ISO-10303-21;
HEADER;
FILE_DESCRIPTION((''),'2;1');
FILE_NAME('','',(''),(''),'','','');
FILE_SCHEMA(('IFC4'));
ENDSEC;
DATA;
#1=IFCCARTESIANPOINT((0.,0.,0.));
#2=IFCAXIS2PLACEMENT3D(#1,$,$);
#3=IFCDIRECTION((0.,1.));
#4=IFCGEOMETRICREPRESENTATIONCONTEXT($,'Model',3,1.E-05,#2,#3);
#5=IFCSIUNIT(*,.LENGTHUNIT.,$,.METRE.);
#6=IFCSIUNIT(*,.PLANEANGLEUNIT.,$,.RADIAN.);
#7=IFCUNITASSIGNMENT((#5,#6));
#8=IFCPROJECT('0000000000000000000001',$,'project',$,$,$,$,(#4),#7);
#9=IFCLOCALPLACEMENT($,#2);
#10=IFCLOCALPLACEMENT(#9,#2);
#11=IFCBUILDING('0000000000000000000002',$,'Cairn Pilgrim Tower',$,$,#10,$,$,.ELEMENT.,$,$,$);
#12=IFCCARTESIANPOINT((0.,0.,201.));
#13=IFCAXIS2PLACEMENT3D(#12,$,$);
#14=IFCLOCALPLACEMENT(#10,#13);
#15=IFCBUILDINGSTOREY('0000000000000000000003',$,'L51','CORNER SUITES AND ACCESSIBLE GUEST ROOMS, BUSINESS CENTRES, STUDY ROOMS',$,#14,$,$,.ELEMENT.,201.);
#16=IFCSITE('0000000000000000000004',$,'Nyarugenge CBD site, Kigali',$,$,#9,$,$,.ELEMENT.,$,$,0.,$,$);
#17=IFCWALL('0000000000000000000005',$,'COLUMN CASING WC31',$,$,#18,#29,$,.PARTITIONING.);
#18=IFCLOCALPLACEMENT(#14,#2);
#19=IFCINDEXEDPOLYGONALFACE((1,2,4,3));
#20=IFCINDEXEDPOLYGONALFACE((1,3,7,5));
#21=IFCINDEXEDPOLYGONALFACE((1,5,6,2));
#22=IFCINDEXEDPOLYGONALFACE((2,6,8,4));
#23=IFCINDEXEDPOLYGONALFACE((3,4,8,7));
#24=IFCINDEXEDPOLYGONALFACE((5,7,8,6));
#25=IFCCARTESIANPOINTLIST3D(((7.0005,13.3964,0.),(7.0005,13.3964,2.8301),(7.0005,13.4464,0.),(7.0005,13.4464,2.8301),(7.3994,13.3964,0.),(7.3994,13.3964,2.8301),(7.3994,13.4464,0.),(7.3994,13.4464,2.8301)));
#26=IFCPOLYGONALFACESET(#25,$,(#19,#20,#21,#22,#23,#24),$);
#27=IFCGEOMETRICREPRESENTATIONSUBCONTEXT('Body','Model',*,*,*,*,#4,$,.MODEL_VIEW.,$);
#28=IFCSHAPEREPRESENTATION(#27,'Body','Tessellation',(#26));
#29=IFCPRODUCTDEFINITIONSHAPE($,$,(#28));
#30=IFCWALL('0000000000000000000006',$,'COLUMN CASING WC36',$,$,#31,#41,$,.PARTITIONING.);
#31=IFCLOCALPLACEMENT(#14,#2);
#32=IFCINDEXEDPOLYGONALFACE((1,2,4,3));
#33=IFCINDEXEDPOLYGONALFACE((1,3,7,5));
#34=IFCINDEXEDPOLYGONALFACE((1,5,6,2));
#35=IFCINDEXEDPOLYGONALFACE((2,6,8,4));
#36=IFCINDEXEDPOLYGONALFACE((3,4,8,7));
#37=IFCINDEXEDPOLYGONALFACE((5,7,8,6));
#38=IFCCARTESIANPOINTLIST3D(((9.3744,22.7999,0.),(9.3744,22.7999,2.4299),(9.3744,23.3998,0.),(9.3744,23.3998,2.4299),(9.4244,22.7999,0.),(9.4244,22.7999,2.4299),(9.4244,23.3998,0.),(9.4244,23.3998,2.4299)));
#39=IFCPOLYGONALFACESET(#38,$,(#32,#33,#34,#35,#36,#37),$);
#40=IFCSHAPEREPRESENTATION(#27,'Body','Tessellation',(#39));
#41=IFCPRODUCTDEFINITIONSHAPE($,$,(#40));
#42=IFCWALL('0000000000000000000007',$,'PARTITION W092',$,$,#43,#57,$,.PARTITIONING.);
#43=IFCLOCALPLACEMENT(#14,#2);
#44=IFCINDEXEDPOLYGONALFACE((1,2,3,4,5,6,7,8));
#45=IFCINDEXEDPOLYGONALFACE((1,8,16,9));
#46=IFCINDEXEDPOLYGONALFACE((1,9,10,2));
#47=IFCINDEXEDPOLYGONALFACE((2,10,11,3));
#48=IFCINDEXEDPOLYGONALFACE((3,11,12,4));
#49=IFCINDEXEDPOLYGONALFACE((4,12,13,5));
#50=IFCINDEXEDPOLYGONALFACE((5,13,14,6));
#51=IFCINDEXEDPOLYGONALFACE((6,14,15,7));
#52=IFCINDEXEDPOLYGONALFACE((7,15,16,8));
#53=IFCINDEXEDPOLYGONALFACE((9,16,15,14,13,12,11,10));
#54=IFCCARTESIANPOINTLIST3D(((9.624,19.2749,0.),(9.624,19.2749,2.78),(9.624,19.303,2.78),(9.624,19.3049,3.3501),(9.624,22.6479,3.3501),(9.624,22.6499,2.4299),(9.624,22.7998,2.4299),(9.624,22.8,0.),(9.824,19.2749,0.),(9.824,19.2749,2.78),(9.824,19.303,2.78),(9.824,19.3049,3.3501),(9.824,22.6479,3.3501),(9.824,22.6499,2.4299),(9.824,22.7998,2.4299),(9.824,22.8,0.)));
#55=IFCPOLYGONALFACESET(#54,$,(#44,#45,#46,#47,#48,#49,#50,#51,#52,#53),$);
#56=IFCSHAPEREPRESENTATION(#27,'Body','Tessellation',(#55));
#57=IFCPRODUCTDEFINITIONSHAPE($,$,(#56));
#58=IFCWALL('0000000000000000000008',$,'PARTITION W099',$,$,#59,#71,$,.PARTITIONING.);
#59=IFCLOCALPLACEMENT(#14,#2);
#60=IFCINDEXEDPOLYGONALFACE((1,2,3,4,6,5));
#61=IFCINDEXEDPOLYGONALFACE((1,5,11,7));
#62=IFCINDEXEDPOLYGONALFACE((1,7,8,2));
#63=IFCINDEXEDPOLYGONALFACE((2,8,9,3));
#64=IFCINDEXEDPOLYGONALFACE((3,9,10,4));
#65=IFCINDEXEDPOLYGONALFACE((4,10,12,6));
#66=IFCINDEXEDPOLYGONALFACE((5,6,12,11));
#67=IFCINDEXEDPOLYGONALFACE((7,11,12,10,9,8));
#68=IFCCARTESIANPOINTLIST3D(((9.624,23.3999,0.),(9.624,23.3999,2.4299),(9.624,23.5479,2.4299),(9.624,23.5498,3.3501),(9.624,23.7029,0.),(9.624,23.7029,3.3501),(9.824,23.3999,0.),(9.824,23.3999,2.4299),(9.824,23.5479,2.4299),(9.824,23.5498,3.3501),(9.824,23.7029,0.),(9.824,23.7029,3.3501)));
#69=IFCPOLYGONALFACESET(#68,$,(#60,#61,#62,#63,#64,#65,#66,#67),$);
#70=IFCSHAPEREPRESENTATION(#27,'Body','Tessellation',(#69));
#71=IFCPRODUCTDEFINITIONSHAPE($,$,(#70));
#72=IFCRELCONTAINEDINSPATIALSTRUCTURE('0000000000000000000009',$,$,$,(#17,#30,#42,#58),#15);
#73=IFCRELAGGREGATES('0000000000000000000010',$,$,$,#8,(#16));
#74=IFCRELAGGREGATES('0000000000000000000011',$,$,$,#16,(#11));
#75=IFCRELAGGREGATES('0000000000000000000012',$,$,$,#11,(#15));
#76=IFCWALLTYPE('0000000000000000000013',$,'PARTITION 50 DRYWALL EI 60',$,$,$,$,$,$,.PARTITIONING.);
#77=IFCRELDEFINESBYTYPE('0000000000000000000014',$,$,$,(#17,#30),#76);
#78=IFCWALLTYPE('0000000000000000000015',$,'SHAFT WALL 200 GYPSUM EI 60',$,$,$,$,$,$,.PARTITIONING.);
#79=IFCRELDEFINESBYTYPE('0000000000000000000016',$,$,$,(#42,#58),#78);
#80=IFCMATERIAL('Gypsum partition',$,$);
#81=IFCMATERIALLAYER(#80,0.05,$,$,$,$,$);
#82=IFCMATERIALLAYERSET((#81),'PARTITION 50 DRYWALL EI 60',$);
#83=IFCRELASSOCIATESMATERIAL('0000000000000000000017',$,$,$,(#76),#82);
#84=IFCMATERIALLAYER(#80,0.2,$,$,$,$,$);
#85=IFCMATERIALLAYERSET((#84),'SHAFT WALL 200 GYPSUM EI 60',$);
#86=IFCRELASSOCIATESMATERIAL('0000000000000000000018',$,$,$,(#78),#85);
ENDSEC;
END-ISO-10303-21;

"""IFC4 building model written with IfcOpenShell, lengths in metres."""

from ifc_helpers import new_model, si_unit, direction, frame, frame_2d, origin, place, context, subcontext, project, spatial, polyline, rectangle, outline, extrude, material, layer, layer_set, type_object, element, save


model = new_model("IFC4")

# Units and contexts
model_context = context("Model", 3, precision=1e-05, world=origin(), true_north=direction((0.0, 1.0)))
body_context = subcontext(model_context, "Body", "Model", "MODEL_VIEW")
ifc_project = project(units=[si_unit("LENGTHUNIT", "METRE"), si_unit("PLANEANGLEUNIT", "RADIAN")], contexts=[model_context])

# Site, building, storey
site_placement = place(None, origin())
site = spatial("IfcSite", under=ifc_project, at=site_placement, Name="Nyarugenge CBD site, Kigali", CompositionType="ELEMENT", RefElevation=0.0)
building_placement = place(site_placement, origin())
building = spatial("IfcBuilding", under=site, at=building_placement, Name="Cairn Pilgrim Tower", CompositionType="ELEMENT")
storey_placement = place(building_placement, frame((0.0, 0.0, 201.0)))
storey = spatial("IfcBuildingStorey", under=building, at=storey_placement, Name="L51", Description="CORNER SUITES AND ACCESSIBLE GUEST ROOMS, BUSINESS CENTRES, STUDY ROOMS", CompositionType="ELEMENT", Elevation=201.0)

# Shared definitions
ifc_material_1 = material(Name="Gypsum partition")

# Walls
ifc_layer_1 = layer(ifc_material_1, 0.05)
ifc_layer_set_1 = layer_set([ifc_layer_1], Name="PARTITION 50 DRYWALL EI 60")
wall_type_1 = type_object("IfcWallType", Name="PARTITION 50 DRYWALL EI 60", PredefinedType="PARTITIONING", material=ifc_layer_set_1)
wall_1_placement = place(storey_placement, frame((7.0005, 13.4214, 0.0), z_axis=(0.0, 0.0, 1.0), x_axis=(1.0, 0.0, 0.0)))
element("IfcWall", 1, at=wall_1_placement, inside=storey, type_object=wall_type_1, Name="COLUMN CASING WC31", PredefinedType="PARTITIONING", context=body_context, shape_type="SweptSolid", body=[
    extrude(rectangle(XDim=0.3989, YDim=0.05, at=frame_2d((0.1995, 0.0))), origin(), (0.0, 0.0, 1.0), 2.8301),
])
wall_2_placement = place(storey_placement, frame((9.3994, 22.8, 0.0), z_axis=(0.0, 0.0, 1.0), x_axis=(0.0, 1.0, 0.0)))
element("IfcWall", 2, at=wall_2_placement, inside=storey, type_object=wall_type_1, Name="COLUMN CASING WC36", PredefinedType="PARTITIONING", context=body_context, shape_type="SweptSolid", body=[
    extrude(rectangle(XDim=0.5999, YDim=0.05, at=frame_2d((0.2998, 0.0))), origin(), (0.0, 0.0, 1.0), 2.4299),
])
ifc_layer_2 = layer(ifc_material_1, 0.2)
ifc_layer_set_2 = layer_set([ifc_layer_2], Name="SHAFT WALL 200 GYPSUM EI 60")
wall_type_2 = type_object("IfcWallType", Name="SHAFT WALL 200 GYPSUM EI 60", PredefinedType="PARTITIONING", material=ifc_layer_set_2)
wall_3_placement = place(storey_placement, frame((9.7241, 19.2749, 0.0), z_axis=(0.0, 0.0, 1.0), x_axis=(0.0, 1.0, 0.0)))
element("IfcWall", 3, at=wall_3_placement, inside=storey, type_object=wall_type_2, Name="PARTITION W092", PredefinedType="PARTITIONING", context=body_context, shape_type="SweptSolid", body=[
    extrude(outline(polyline([(0.0, 0.0), (3.5251, 0.0), (3.5249, 2.4299), (3.375, 2.4299), (3.373, 3.3501), (0.03, 3.3501), (0.0281, 2.78), (0.0, 2.78), (0.0, 0.0)])), frame((0.0, 0.1001, 0.0), z_axis=(0.0, -1.0, 0.0), x_axis=(1.0, 0.0, 0.0)), (0.0, 0.0, 1.0), 0.2),
])
wall_4_placement = place(storey_placement, frame((9.7241, 23.3999, 0.0), z_axis=(0.0, 0.0, 1.0), x_axis=(0.0, 1.0, 0.0)))
element("IfcWall", 4, at=wall_4_placement, inside=storey, type_object=wall_type_2, Name="PARTITION W099", PredefinedType="PARTITIONING", context=body_context, shape_type="SweptSolid", body=[
    extrude(outline(polyline([(0.0, 0.0), (0.303, 0.0), (0.303, 3.3501), (0.1499, 3.3501), (0.1479, 2.4299), (0.0, 2.4299), (0.0, 0.0)])), frame((0.0, 0.1001, 0.0), z_axis=(0.0, -1.0, 0.0), x_axis=(1.0, 0.0, 0.0)), (0.0, 0.0, 1.0), 0.2),
])

save(model, "model.ifc")
